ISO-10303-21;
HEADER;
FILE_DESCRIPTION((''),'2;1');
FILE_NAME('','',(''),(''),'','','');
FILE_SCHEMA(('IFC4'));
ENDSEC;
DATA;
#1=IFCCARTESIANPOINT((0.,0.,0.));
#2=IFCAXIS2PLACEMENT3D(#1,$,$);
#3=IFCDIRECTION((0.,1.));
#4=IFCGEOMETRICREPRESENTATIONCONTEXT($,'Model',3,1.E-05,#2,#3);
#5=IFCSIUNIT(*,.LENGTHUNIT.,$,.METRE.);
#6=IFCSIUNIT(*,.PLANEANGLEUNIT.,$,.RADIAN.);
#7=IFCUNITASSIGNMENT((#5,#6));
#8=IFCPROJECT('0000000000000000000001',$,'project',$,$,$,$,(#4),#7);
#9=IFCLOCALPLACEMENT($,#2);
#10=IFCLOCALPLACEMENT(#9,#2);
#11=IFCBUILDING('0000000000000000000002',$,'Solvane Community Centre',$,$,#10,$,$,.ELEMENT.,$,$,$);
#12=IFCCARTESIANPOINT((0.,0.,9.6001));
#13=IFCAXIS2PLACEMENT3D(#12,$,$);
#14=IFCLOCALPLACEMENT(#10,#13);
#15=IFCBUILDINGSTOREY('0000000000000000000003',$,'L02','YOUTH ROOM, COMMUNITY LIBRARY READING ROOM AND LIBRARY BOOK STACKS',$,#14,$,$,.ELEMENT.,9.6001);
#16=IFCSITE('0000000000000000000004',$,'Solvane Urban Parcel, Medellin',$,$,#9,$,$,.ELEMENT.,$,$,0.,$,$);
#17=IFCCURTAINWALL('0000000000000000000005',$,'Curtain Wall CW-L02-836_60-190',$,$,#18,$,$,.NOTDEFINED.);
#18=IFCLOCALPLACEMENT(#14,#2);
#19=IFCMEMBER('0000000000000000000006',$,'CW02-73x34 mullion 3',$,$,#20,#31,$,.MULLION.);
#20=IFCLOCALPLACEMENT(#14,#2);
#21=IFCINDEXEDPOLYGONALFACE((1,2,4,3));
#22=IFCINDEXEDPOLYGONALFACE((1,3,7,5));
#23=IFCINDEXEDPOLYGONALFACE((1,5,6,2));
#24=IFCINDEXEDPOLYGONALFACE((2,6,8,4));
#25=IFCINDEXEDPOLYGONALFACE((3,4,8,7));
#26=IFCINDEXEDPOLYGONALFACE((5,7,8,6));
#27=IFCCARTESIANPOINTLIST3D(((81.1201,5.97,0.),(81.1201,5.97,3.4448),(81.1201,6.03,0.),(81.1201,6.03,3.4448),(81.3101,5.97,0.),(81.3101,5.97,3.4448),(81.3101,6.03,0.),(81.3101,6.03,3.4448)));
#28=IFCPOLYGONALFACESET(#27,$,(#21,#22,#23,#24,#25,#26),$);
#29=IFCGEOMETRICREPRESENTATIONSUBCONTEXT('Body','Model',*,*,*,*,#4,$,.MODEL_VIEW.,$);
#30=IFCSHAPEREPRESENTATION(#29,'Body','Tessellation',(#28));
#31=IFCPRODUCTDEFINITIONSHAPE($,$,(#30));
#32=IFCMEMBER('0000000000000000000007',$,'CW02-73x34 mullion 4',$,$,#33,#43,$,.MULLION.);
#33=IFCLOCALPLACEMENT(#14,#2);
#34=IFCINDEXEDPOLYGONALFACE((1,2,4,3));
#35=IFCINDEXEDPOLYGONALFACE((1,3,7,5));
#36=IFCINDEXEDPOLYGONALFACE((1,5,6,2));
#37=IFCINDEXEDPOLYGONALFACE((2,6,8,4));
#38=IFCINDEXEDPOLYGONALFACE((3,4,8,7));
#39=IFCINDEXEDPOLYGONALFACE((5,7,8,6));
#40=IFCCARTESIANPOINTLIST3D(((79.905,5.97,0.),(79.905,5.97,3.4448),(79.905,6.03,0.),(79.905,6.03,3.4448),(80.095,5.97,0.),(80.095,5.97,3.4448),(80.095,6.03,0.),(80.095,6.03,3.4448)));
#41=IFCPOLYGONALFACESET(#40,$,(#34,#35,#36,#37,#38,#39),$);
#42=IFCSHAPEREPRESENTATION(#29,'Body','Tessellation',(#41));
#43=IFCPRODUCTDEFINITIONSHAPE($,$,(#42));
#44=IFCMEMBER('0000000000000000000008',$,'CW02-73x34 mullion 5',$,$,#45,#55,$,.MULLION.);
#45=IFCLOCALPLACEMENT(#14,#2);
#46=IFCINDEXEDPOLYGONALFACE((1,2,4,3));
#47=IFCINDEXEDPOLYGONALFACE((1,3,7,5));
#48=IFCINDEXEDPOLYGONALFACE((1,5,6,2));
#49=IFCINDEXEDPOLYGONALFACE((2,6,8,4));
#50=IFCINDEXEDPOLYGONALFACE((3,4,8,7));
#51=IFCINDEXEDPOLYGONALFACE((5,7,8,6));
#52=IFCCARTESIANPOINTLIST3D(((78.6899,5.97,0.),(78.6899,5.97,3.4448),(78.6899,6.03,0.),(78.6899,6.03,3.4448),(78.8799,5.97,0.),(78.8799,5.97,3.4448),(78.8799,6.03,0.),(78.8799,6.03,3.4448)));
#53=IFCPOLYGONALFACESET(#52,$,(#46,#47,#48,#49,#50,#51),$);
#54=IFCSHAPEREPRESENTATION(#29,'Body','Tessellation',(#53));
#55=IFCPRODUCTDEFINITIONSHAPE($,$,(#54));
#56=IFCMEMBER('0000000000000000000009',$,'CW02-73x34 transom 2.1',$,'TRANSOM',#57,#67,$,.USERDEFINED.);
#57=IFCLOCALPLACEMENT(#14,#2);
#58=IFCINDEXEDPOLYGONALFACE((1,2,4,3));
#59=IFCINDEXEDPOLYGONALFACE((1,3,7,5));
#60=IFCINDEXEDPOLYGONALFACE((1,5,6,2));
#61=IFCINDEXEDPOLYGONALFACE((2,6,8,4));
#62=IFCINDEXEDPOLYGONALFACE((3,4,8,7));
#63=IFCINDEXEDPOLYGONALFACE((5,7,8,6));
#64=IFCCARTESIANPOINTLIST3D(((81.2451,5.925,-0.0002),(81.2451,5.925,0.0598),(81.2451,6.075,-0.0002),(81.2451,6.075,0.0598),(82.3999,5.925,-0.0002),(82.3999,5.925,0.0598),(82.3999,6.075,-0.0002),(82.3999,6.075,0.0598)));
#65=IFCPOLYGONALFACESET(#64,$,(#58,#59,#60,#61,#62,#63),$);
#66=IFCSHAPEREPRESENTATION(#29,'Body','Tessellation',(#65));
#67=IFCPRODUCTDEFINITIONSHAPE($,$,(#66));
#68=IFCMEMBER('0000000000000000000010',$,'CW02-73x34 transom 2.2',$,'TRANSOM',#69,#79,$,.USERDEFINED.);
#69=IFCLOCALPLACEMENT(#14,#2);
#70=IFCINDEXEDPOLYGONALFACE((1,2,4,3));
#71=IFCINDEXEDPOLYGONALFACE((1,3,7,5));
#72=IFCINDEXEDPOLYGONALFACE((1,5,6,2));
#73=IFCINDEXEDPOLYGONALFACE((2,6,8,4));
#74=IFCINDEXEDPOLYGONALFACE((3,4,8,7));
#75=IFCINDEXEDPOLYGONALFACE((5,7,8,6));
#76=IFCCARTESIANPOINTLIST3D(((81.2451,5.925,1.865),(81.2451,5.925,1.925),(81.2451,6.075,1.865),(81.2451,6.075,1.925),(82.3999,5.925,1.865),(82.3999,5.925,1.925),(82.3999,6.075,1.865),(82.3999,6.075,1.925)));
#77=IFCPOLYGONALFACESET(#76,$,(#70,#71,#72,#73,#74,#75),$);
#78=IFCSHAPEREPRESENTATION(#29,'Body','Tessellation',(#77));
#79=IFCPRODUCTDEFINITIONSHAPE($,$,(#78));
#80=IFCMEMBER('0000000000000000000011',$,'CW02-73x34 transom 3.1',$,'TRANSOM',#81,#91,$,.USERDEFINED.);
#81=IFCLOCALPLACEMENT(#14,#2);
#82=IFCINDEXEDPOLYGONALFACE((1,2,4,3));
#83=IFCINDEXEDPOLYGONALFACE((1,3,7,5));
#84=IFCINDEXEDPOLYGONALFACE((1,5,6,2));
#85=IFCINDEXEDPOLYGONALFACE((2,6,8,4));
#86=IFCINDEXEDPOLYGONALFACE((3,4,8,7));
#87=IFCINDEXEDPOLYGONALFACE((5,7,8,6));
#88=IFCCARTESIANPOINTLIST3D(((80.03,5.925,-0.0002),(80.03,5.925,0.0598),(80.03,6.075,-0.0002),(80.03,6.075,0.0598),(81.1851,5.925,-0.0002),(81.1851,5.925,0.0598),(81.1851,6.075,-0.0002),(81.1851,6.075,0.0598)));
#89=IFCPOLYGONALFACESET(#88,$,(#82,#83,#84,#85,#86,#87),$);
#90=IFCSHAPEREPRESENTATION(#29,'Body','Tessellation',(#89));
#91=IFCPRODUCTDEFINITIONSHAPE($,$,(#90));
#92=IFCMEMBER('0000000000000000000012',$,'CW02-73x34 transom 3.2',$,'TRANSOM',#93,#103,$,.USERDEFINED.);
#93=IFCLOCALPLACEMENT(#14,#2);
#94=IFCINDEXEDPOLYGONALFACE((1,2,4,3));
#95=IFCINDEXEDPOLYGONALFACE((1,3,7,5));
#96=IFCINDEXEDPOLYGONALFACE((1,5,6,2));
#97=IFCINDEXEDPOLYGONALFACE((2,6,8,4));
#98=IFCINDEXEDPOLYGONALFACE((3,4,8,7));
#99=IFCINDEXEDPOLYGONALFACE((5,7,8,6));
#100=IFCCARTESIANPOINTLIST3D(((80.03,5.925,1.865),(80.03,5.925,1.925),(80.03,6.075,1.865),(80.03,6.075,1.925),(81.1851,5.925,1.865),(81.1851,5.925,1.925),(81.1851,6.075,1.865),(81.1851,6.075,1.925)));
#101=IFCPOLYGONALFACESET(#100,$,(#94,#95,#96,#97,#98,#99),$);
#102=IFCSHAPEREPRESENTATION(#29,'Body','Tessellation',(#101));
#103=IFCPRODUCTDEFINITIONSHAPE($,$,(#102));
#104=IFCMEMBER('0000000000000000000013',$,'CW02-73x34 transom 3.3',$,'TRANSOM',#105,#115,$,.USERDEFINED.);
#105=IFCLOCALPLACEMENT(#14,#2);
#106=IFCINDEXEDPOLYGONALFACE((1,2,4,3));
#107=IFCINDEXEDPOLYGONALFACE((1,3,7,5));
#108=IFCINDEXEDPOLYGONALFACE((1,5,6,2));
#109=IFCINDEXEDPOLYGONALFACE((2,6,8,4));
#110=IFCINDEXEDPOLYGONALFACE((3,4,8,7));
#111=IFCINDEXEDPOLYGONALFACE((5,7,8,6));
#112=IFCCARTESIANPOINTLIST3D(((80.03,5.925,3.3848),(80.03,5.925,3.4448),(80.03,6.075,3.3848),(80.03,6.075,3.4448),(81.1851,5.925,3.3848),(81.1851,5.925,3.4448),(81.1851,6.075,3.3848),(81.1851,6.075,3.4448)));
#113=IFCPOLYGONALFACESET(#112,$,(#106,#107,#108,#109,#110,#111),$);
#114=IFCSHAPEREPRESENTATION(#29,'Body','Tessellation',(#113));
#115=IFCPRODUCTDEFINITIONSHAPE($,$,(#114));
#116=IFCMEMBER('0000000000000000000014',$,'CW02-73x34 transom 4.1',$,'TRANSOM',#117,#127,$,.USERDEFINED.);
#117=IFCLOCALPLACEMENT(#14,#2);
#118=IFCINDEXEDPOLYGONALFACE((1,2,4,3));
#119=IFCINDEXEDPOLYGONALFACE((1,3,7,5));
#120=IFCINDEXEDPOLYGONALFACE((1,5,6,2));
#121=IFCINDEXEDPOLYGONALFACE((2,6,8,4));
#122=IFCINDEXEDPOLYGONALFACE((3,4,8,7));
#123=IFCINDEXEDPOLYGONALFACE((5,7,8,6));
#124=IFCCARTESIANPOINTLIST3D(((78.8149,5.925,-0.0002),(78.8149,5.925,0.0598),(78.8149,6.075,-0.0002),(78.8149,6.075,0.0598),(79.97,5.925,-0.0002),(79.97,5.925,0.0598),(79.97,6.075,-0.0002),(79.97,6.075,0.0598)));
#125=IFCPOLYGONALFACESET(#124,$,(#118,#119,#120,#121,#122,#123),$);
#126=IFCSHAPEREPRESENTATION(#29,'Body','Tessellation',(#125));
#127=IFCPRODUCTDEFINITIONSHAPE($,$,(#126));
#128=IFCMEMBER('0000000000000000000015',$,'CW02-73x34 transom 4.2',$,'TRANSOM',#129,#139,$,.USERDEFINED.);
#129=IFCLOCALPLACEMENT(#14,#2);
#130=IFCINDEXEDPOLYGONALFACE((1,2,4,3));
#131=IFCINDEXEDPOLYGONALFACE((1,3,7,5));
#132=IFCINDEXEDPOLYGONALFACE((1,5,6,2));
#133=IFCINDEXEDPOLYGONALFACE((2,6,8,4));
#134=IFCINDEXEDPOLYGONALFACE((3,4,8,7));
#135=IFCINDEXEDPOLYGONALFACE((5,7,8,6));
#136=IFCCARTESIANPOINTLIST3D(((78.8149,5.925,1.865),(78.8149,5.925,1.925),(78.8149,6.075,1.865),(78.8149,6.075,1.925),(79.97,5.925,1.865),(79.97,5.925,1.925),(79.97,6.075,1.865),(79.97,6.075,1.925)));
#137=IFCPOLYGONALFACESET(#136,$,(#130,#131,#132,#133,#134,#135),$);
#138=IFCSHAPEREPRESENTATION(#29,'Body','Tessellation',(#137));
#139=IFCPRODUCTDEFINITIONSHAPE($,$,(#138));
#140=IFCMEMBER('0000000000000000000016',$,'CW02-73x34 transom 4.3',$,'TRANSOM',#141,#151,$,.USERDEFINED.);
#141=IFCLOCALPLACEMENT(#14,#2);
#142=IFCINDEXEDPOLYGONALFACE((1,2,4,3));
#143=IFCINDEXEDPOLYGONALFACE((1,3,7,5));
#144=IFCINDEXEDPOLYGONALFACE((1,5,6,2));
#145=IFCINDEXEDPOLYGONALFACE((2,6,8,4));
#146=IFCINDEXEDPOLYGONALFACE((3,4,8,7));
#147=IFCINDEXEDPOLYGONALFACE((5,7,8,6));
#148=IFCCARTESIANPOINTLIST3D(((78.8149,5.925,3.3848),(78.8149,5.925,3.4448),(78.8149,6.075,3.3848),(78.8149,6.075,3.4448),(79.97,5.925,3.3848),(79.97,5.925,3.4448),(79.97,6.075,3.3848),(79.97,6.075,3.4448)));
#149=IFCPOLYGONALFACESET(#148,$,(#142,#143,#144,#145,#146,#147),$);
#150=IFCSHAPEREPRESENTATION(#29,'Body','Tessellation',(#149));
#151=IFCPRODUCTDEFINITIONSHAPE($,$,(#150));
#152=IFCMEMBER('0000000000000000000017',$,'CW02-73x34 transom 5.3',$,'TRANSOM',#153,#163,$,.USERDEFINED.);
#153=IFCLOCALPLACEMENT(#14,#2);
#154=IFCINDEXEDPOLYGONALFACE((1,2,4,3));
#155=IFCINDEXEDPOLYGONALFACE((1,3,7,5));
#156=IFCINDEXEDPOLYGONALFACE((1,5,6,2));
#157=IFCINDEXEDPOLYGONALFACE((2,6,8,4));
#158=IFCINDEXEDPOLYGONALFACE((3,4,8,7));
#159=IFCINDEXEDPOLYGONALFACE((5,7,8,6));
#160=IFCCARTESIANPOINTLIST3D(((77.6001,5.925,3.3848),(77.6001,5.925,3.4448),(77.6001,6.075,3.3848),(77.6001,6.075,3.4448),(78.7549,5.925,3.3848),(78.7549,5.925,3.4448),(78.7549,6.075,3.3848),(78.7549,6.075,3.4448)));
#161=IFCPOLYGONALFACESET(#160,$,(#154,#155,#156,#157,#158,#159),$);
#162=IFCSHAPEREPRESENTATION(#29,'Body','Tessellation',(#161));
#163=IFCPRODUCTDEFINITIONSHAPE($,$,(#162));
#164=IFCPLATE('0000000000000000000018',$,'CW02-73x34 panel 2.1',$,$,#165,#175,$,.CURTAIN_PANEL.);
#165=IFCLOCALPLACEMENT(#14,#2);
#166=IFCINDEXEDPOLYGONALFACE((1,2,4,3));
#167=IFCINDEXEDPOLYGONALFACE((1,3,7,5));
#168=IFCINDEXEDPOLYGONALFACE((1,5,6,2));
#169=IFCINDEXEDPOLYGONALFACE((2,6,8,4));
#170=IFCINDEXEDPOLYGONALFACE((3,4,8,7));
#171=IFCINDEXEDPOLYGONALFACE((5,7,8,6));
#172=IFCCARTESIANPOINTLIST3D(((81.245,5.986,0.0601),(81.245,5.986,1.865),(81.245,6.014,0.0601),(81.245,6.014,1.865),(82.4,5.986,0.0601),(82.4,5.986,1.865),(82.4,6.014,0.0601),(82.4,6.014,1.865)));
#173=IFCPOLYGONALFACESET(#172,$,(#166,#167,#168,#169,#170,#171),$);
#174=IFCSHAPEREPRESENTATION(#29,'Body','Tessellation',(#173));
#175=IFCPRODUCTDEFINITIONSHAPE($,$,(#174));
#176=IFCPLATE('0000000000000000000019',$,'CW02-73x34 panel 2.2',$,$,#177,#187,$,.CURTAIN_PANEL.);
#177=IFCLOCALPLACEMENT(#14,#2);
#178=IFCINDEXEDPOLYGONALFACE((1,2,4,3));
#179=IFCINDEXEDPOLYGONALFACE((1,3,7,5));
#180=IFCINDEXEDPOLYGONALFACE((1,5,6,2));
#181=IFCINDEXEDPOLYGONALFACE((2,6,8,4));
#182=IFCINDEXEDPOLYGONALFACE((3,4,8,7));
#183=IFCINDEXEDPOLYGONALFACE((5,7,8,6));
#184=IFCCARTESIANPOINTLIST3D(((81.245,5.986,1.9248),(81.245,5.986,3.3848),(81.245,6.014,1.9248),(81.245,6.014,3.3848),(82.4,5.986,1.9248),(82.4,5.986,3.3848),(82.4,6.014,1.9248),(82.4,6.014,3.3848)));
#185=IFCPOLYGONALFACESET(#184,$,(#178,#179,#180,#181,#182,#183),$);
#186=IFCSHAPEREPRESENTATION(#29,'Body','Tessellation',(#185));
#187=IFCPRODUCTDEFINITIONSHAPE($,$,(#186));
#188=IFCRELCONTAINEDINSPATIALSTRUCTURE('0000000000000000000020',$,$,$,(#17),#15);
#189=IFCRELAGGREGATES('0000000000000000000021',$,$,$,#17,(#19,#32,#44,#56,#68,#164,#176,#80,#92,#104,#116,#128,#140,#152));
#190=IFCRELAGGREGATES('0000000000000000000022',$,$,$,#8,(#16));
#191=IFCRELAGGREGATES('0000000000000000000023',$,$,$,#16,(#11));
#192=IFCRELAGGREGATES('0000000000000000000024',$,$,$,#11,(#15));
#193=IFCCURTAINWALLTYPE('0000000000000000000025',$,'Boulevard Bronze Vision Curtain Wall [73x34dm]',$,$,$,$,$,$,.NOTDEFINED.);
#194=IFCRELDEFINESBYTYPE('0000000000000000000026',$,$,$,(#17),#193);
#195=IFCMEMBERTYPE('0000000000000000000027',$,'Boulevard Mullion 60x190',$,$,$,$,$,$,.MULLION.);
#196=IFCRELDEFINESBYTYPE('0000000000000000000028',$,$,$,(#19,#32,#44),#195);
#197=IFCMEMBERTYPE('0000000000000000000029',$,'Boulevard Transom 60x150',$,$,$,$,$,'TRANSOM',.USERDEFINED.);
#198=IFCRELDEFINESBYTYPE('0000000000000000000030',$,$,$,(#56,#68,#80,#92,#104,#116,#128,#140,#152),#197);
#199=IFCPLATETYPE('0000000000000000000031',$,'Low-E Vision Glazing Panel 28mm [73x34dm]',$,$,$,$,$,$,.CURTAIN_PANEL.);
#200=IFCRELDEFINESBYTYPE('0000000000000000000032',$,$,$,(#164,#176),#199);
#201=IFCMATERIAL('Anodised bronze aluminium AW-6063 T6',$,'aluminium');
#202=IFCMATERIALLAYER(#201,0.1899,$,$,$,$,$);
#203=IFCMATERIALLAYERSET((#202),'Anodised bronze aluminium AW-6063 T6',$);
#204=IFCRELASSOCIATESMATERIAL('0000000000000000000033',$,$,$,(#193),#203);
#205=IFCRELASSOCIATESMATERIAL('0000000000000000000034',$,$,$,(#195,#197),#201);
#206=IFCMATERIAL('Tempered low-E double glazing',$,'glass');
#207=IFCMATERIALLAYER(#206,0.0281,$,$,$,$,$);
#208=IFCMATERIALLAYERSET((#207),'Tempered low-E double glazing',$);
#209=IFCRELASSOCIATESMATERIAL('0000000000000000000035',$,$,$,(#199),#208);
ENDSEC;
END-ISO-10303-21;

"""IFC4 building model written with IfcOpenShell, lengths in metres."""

from ifc_helpers import new_model, si_unit, direction, frame, origin, origin_2d, place, context, subcontext, project, spatial, rectangle, extrude, material, layer, layer_set, material_profile, profile_set, type_object, element, aggregate, save


model = new_model("IFC4")

# Units and contexts
model_context = context("Model", 3, precision=1e-05, world=origin(), true_north=direction((0.0, 1.0)))
body_context = subcontext(model_context, "Body", "Model", "MODEL_VIEW")
ifc_project = project(units=[si_unit("LENGTHUNIT", "METRE"), si_unit("PLANEANGLEUNIT", "RADIAN")], contexts=[model_context])

# Site, building, storey
site_placement = place(None, origin())
site = spatial("IfcSite", under=ifc_project, at=site_placement, Name="Solvane Urban Parcel, Medellin", CompositionType="ELEMENT", RefElevation=0.0)
building_placement = place(site_placement, origin())
building = spatial("IfcBuilding", under=site, at=building_placement, Name="Solvane Community Centre", CompositionType="ELEMENT")
storey_placement = place(building_placement, frame((0.0, 0.0, 9.6001)))
storey = spatial("IfcBuildingStorey", under=building, at=storey_placement, Name="L02", Description="YOUTH ROOM, COMMUNITY LIBRARY READING ROOM AND LIBRARY BOOK STACKS", CompositionType="ELEMENT", Elevation=9.6001)

# Curtain wall, members, plates
ifc_material_1 = material(Name="Anodised bronze aluminium AW-6063 T6", Category="aluminium")
ifc_layer_1 = layer(ifc_material_1, 0.1899)
ifc_layer_set_1 = layer_set([ifc_layer_1], Name="Anodised bronze aluminium AW-6063 T6")
curtain_wall_type = type_object("IfcCurtainWallType", Name="Boulevard Bronze Vision Curtain Wall [73x34dm]", PredefinedType="NOTDEFINED", material=ifc_layer_set_1)
curtain_wall_placement = place(storey_placement, origin())
curtain_wall = element("IfcCurtainWall", 1, at=curtain_wall_placement, inside=storey, type_object=curtain_wall_type, Name="Curtain Wall CW-L02-836_60-190", PredefinedType="NOTDEFINED")
ifc_material_profile_1 = material_profile(ifc_material_1, rectangle(XDim=0.0601, YDim=0.1899, at=origin_2d()), Name="CW-M 60x190")
ifc_profile_set_1 = profile_set([ifc_material_profile_1], Name="Anodised bronze aluminium AW-6063 T6")
member_type_1 = type_object("IfcMemberType", Name="Boulevard Mullion 60x190", PredefinedType="MULLION", material=ifc_profile_set_1)
member_1_placement = place(storey_placement, frame((81.2151, 6.0, 0.0), z_axis=(0.0, 0.0, 1.0), x_axis=(0.0, -1.0, 0.0)))
member_1 = element("IfcMember", 2, at=member_1_placement, type_object=member_type_1, Name="CW02-73x34 mullion 3", PredefinedType="MULLION", context=body_context, shape_type="SweptSolid", body=[
    extrude(rectangle(XDim=0.0601, YDim=0.1899, at=origin_2d()), origin(), (0.0, 0.0, 1.0), 3.4448),
])
member_2_placement = place(storey_placement, frame((80.0, 6.0, 0.0), z_axis=(0.0, 0.0, 1.0), x_axis=(0.0, -1.0, 0.0)))
member_2 = element("IfcMember", 3, at=member_2_placement, type_object=member_type_1, Name="CW02-73x34 mullion 4", PredefinedType="MULLION", context=body_context, shape_type="SweptSolid", body=[
    extrude(rectangle(XDim=0.0601, YDim=0.1899, at=origin_2d()), origin(), (0.0, 0.0, 1.0), 3.4448),
])
member_3_placement = place(storey_placement, frame((78.7849, 6.0, 0.0), z_axis=(0.0, 0.0, 1.0), x_axis=(0.0, -1.0, 0.0)))
member_3 = element("IfcMember", 4, at=member_3_placement, type_object=member_type_1, Name="CW02-73x34 mullion 5", PredefinedType="MULLION", context=body_context, shape_type="SweptSolid", body=[
    extrude(rectangle(XDim=0.0601, YDim=0.1899, at=origin_2d()), origin(), (0.0, 0.0, 1.0), 3.4448),
])
ifc_material_profile_2 = material_profile(ifc_material_1, rectangle(XDim=0.1499, YDim=0.0601, at=origin_2d()), Name="CW-T 60x150")
ifc_profile_set_2 = profile_set([ifc_material_profile_2], Name="Anodised bronze aluminium AW-6063 T6")
member_type_2 = type_object("IfcMemberType", Name="Boulevard Transom 60x150", ElementType="TRANSOM", PredefinedType="USERDEFINED", material=ifc_profile_set_2)
member_4_placement = place(storey_placement, frame((82.3999, 6.0, 0.0298), z_axis=(-1.0, 0.0, 0.0), x_axis=(0.0, -1.0, 0.0)))
member_4 = element("IfcMember", 5, at=member_4_placement, type_object=member_type_2, Name="CW02-73x34 transom 2.1", ObjectType="TRANSOM", PredefinedType="USERDEFINED", context=body_context, shape_type="SweptSolid", body=[
    extrude(rectangle(XDim=0.1499, YDim=0.0601, at=origin_2d()), origin(), (0.0, 0.0, 1.0), 1.1548),
])
member_5_placement = place(storey_placement, frame((82.3999, 6.0, 1.895), z_axis=(-1.0, 0.0, 0.0), x_axis=(0.0, -1.0, 0.0)))
member_5 = element("IfcMember", 6, at=member_5_placement, type_object=member_type_2, Name="CW02-73x34 transom 2.2", ObjectType="TRANSOM", PredefinedType="USERDEFINED", context=body_context, shape_type="SweptSolid", body=[
    extrude(rectangle(XDim=0.1499, YDim=0.0601, at=origin_2d()), origin(), (0.0, 0.0, 1.0), 1.1548),
])
member_6_placement = place(storey_placement, frame((81.1851, 6.0, 0.0298), z_axis=(-1.0, 0.0, 0.0), x_axis=(0.0, -1.0, 0.0)))
member_6 = element("IfcMember", 7, at=member_6_placement, type_object=member_type_2, Name="CW02-73x34 transom 3.1", ObjectType="TRANSOM", PredefinedType="USERDEFINED", context=body_context, shape_type="SweptSolid", body=[
    extrude(rectangle(XDim=0.1499, YDim=0.0601, at=origin_2d()), origin(), (0.0, 0.0, 1.0), 1.155),
])
member_7_placement = place(storey_placement, frame((81.1851, 6.0, 1.895), z_axis=(-1.0, 0.0, 0.0), x_axis=(0.0, -1.0, 0.0)))
member_7 = element("IfcMember", 8, at=member_7_placement, type_object=member_type_2, Name="CW02-73x34 transom 3.2", ObjectType="TRANSOM", PredefinedType="USERDEFINED", context=body_context, shape_type="SweptSolid", body=[
    extrude(rectangle(XDim=0.1499, YDim=0.0601, at=origin_2d()), origin(), (0.0, 0.0, 1.0), 1.155),
])
member_8_placement = place(storey_placement, frame((81.1851, 6.0, 3.4148), z_axis=(-1.0, 0.0, 0.0), x_axis=(0.0, -1.0, 0.0)))
member_8 = element("IfcMember", 9, at=member_8_placement, type_object=member_type_2, Name="CW02-73x34 transom 3.3", ObjectType="TRANSOM", PredefinedType="USERDEFINED", context=body_context, shape_type="SweptSolid", body=[
    extrude(rectangle(XDim=0.1499, YDim=0.0601, at=origin_2d()), origin(), (0.0, 0.0, 1.0), 1.155),
])
member_9_placement = place(storey_placement, frame((79.97, 6.0, 0.0298), z_axis=(-1.0, 0.0, 0.0), x_axis=(0.0, -1.0, 0.0)))
member_9 = element("IfcMember", 10, at=member_9_placement, type_object=member_type_2, Name="CW02-73x34 transom 4.1", ObjectType="TRANSOM", PredefinedType="USERDEFINED", context=body_context, shape_type="SweptSolid", body=[
    extrude(rectangle(XDim=0.1499, YDim=0.0601, at=origin_2d()), origin(), (0.0, 0.0, 1.0), 1.155),
])
member_10_placement = place(storey_placement, frame((79.97, 6.0, 1.895), z_axis=(-1.0, 0.0, 0.0), x_axis=(0.0, -1.0, 0.0)))
member_10 = element("IfcMember", 11, at=member_10_placement, type_object=member_type_2, Name="CW02-73x34 transom 4.2", ObjectType="TRANSOM", PredefinedType="USERDEFINED", context=body_context, shape_type="SweptSolid", body=[
    extrude(rectangle(XDim=0.1499, YDim=0.0601, at=origin_2d()), origin(), (0.0, 0.0, 1.0), 1.155),
])
member_11_placement = place(storey_placement, frame((79.97, 6.0, 3.4148), z_axis=(-1.0, 0.0, 0.0), x_axis=(0.0, -1.0, 0.0)))
member_11 = element("IfcMember", 12, at=member_11_placement, type_object=member_type_2, Name="CW02-73x34 transom 4.3", ObjectType="TRANSOM", PredefinedType="USERDEFINED", context=body_context, shape_type="SweptSolid", body=[
    extrude(rectangle(XDim=0.1499, YDim=0.0601, at=origin_2d()), origin(), (0.0, 0.0, 1.0), 1.155),
])
member_12_placement = place(storey_placement, frame((78.7549, 6.0, 3.4148), z_axis=(-1.0, 0.0, 0.0), x_axis=(0.0, -1.0, 0.0)))
member_12 = element("IfcMember", 13, at=member_12_placement, type_object=member_type_2, Name="CW02-73x34 transom 5.3", ObjectType="TRANSOM", PredefinedType="USERDEFINED", context=body_context, shape_type="SweptSolid", body=[
    extrude(rectangle(XDim=0.1499, YDim=0.0601, at=origin_2d()), origin(), (0.0, 0.0, 1.0), 1.1548),
])
ifc_material_2 = material(Name="Tempered low-E double glazing", Category="glass")
ifc_layer_2 = layer(ifc_material_2, 0.0281)
ifc_layer_set_2 = layer_set([ifc_layer_2], Name="Tempered low-E double glazing")
plate_type = type_object("IfcPlateType", Name="Low-E Vision Glazing Panel 28mm [73x34dm]", PredefinedType="CURTAIN_PANEL", material=ifc_layer_set_2)
plate_1_placement = place(storey_placement, frame((81.8225, 6.0, 0.0601), z_axis=(0.0, 0.0, 1.0), x_axis=(-1.0, 0.0, 0.0)))
plate_1 = element("IfcPlate", 14, at=plate_1_placement, type_object=plate_type, Name="CW02-73x34 panel 2.1", PredefinedType="CURTAIN_PANEL", context=body_context, shape_type="SweptSolid", body=[
    extrude(rectangle(XDim=1.155, YDim=0.0281, at=origin_2d()), origin(), (0.0, 0.0, 1.0), 1.8049),
])
plate_2_placement = place(storey_placement, frame((81.8225, 6.0, 1.9248), z_axis=(0.0, 0.0, 1.0), x_axis=(-1.0, 0.0, 0.0)))
plate_2 = element("IfcPlate", 15, at=plate_2_placement, type_object=plate_type, Name="CW02-73x34 panel 2.2", PredefinedType="CURTAIN_PANEL", context=body_context, shape_type="SweptSolid", body=[
    extrude(rectangle(XDim=1.155, YDim=0.0281, at=origin_2d()), origin(), (0.0, 0.0, 1.0), 1.46),
])
aggregate(curtain_wall, [member_1, member_2, member_3, member_4, member_5, plate_1, plate_2, member_6, member_7, member_8, member_9, member_10, member_11, member_12])

save(model, "model.ifc")
